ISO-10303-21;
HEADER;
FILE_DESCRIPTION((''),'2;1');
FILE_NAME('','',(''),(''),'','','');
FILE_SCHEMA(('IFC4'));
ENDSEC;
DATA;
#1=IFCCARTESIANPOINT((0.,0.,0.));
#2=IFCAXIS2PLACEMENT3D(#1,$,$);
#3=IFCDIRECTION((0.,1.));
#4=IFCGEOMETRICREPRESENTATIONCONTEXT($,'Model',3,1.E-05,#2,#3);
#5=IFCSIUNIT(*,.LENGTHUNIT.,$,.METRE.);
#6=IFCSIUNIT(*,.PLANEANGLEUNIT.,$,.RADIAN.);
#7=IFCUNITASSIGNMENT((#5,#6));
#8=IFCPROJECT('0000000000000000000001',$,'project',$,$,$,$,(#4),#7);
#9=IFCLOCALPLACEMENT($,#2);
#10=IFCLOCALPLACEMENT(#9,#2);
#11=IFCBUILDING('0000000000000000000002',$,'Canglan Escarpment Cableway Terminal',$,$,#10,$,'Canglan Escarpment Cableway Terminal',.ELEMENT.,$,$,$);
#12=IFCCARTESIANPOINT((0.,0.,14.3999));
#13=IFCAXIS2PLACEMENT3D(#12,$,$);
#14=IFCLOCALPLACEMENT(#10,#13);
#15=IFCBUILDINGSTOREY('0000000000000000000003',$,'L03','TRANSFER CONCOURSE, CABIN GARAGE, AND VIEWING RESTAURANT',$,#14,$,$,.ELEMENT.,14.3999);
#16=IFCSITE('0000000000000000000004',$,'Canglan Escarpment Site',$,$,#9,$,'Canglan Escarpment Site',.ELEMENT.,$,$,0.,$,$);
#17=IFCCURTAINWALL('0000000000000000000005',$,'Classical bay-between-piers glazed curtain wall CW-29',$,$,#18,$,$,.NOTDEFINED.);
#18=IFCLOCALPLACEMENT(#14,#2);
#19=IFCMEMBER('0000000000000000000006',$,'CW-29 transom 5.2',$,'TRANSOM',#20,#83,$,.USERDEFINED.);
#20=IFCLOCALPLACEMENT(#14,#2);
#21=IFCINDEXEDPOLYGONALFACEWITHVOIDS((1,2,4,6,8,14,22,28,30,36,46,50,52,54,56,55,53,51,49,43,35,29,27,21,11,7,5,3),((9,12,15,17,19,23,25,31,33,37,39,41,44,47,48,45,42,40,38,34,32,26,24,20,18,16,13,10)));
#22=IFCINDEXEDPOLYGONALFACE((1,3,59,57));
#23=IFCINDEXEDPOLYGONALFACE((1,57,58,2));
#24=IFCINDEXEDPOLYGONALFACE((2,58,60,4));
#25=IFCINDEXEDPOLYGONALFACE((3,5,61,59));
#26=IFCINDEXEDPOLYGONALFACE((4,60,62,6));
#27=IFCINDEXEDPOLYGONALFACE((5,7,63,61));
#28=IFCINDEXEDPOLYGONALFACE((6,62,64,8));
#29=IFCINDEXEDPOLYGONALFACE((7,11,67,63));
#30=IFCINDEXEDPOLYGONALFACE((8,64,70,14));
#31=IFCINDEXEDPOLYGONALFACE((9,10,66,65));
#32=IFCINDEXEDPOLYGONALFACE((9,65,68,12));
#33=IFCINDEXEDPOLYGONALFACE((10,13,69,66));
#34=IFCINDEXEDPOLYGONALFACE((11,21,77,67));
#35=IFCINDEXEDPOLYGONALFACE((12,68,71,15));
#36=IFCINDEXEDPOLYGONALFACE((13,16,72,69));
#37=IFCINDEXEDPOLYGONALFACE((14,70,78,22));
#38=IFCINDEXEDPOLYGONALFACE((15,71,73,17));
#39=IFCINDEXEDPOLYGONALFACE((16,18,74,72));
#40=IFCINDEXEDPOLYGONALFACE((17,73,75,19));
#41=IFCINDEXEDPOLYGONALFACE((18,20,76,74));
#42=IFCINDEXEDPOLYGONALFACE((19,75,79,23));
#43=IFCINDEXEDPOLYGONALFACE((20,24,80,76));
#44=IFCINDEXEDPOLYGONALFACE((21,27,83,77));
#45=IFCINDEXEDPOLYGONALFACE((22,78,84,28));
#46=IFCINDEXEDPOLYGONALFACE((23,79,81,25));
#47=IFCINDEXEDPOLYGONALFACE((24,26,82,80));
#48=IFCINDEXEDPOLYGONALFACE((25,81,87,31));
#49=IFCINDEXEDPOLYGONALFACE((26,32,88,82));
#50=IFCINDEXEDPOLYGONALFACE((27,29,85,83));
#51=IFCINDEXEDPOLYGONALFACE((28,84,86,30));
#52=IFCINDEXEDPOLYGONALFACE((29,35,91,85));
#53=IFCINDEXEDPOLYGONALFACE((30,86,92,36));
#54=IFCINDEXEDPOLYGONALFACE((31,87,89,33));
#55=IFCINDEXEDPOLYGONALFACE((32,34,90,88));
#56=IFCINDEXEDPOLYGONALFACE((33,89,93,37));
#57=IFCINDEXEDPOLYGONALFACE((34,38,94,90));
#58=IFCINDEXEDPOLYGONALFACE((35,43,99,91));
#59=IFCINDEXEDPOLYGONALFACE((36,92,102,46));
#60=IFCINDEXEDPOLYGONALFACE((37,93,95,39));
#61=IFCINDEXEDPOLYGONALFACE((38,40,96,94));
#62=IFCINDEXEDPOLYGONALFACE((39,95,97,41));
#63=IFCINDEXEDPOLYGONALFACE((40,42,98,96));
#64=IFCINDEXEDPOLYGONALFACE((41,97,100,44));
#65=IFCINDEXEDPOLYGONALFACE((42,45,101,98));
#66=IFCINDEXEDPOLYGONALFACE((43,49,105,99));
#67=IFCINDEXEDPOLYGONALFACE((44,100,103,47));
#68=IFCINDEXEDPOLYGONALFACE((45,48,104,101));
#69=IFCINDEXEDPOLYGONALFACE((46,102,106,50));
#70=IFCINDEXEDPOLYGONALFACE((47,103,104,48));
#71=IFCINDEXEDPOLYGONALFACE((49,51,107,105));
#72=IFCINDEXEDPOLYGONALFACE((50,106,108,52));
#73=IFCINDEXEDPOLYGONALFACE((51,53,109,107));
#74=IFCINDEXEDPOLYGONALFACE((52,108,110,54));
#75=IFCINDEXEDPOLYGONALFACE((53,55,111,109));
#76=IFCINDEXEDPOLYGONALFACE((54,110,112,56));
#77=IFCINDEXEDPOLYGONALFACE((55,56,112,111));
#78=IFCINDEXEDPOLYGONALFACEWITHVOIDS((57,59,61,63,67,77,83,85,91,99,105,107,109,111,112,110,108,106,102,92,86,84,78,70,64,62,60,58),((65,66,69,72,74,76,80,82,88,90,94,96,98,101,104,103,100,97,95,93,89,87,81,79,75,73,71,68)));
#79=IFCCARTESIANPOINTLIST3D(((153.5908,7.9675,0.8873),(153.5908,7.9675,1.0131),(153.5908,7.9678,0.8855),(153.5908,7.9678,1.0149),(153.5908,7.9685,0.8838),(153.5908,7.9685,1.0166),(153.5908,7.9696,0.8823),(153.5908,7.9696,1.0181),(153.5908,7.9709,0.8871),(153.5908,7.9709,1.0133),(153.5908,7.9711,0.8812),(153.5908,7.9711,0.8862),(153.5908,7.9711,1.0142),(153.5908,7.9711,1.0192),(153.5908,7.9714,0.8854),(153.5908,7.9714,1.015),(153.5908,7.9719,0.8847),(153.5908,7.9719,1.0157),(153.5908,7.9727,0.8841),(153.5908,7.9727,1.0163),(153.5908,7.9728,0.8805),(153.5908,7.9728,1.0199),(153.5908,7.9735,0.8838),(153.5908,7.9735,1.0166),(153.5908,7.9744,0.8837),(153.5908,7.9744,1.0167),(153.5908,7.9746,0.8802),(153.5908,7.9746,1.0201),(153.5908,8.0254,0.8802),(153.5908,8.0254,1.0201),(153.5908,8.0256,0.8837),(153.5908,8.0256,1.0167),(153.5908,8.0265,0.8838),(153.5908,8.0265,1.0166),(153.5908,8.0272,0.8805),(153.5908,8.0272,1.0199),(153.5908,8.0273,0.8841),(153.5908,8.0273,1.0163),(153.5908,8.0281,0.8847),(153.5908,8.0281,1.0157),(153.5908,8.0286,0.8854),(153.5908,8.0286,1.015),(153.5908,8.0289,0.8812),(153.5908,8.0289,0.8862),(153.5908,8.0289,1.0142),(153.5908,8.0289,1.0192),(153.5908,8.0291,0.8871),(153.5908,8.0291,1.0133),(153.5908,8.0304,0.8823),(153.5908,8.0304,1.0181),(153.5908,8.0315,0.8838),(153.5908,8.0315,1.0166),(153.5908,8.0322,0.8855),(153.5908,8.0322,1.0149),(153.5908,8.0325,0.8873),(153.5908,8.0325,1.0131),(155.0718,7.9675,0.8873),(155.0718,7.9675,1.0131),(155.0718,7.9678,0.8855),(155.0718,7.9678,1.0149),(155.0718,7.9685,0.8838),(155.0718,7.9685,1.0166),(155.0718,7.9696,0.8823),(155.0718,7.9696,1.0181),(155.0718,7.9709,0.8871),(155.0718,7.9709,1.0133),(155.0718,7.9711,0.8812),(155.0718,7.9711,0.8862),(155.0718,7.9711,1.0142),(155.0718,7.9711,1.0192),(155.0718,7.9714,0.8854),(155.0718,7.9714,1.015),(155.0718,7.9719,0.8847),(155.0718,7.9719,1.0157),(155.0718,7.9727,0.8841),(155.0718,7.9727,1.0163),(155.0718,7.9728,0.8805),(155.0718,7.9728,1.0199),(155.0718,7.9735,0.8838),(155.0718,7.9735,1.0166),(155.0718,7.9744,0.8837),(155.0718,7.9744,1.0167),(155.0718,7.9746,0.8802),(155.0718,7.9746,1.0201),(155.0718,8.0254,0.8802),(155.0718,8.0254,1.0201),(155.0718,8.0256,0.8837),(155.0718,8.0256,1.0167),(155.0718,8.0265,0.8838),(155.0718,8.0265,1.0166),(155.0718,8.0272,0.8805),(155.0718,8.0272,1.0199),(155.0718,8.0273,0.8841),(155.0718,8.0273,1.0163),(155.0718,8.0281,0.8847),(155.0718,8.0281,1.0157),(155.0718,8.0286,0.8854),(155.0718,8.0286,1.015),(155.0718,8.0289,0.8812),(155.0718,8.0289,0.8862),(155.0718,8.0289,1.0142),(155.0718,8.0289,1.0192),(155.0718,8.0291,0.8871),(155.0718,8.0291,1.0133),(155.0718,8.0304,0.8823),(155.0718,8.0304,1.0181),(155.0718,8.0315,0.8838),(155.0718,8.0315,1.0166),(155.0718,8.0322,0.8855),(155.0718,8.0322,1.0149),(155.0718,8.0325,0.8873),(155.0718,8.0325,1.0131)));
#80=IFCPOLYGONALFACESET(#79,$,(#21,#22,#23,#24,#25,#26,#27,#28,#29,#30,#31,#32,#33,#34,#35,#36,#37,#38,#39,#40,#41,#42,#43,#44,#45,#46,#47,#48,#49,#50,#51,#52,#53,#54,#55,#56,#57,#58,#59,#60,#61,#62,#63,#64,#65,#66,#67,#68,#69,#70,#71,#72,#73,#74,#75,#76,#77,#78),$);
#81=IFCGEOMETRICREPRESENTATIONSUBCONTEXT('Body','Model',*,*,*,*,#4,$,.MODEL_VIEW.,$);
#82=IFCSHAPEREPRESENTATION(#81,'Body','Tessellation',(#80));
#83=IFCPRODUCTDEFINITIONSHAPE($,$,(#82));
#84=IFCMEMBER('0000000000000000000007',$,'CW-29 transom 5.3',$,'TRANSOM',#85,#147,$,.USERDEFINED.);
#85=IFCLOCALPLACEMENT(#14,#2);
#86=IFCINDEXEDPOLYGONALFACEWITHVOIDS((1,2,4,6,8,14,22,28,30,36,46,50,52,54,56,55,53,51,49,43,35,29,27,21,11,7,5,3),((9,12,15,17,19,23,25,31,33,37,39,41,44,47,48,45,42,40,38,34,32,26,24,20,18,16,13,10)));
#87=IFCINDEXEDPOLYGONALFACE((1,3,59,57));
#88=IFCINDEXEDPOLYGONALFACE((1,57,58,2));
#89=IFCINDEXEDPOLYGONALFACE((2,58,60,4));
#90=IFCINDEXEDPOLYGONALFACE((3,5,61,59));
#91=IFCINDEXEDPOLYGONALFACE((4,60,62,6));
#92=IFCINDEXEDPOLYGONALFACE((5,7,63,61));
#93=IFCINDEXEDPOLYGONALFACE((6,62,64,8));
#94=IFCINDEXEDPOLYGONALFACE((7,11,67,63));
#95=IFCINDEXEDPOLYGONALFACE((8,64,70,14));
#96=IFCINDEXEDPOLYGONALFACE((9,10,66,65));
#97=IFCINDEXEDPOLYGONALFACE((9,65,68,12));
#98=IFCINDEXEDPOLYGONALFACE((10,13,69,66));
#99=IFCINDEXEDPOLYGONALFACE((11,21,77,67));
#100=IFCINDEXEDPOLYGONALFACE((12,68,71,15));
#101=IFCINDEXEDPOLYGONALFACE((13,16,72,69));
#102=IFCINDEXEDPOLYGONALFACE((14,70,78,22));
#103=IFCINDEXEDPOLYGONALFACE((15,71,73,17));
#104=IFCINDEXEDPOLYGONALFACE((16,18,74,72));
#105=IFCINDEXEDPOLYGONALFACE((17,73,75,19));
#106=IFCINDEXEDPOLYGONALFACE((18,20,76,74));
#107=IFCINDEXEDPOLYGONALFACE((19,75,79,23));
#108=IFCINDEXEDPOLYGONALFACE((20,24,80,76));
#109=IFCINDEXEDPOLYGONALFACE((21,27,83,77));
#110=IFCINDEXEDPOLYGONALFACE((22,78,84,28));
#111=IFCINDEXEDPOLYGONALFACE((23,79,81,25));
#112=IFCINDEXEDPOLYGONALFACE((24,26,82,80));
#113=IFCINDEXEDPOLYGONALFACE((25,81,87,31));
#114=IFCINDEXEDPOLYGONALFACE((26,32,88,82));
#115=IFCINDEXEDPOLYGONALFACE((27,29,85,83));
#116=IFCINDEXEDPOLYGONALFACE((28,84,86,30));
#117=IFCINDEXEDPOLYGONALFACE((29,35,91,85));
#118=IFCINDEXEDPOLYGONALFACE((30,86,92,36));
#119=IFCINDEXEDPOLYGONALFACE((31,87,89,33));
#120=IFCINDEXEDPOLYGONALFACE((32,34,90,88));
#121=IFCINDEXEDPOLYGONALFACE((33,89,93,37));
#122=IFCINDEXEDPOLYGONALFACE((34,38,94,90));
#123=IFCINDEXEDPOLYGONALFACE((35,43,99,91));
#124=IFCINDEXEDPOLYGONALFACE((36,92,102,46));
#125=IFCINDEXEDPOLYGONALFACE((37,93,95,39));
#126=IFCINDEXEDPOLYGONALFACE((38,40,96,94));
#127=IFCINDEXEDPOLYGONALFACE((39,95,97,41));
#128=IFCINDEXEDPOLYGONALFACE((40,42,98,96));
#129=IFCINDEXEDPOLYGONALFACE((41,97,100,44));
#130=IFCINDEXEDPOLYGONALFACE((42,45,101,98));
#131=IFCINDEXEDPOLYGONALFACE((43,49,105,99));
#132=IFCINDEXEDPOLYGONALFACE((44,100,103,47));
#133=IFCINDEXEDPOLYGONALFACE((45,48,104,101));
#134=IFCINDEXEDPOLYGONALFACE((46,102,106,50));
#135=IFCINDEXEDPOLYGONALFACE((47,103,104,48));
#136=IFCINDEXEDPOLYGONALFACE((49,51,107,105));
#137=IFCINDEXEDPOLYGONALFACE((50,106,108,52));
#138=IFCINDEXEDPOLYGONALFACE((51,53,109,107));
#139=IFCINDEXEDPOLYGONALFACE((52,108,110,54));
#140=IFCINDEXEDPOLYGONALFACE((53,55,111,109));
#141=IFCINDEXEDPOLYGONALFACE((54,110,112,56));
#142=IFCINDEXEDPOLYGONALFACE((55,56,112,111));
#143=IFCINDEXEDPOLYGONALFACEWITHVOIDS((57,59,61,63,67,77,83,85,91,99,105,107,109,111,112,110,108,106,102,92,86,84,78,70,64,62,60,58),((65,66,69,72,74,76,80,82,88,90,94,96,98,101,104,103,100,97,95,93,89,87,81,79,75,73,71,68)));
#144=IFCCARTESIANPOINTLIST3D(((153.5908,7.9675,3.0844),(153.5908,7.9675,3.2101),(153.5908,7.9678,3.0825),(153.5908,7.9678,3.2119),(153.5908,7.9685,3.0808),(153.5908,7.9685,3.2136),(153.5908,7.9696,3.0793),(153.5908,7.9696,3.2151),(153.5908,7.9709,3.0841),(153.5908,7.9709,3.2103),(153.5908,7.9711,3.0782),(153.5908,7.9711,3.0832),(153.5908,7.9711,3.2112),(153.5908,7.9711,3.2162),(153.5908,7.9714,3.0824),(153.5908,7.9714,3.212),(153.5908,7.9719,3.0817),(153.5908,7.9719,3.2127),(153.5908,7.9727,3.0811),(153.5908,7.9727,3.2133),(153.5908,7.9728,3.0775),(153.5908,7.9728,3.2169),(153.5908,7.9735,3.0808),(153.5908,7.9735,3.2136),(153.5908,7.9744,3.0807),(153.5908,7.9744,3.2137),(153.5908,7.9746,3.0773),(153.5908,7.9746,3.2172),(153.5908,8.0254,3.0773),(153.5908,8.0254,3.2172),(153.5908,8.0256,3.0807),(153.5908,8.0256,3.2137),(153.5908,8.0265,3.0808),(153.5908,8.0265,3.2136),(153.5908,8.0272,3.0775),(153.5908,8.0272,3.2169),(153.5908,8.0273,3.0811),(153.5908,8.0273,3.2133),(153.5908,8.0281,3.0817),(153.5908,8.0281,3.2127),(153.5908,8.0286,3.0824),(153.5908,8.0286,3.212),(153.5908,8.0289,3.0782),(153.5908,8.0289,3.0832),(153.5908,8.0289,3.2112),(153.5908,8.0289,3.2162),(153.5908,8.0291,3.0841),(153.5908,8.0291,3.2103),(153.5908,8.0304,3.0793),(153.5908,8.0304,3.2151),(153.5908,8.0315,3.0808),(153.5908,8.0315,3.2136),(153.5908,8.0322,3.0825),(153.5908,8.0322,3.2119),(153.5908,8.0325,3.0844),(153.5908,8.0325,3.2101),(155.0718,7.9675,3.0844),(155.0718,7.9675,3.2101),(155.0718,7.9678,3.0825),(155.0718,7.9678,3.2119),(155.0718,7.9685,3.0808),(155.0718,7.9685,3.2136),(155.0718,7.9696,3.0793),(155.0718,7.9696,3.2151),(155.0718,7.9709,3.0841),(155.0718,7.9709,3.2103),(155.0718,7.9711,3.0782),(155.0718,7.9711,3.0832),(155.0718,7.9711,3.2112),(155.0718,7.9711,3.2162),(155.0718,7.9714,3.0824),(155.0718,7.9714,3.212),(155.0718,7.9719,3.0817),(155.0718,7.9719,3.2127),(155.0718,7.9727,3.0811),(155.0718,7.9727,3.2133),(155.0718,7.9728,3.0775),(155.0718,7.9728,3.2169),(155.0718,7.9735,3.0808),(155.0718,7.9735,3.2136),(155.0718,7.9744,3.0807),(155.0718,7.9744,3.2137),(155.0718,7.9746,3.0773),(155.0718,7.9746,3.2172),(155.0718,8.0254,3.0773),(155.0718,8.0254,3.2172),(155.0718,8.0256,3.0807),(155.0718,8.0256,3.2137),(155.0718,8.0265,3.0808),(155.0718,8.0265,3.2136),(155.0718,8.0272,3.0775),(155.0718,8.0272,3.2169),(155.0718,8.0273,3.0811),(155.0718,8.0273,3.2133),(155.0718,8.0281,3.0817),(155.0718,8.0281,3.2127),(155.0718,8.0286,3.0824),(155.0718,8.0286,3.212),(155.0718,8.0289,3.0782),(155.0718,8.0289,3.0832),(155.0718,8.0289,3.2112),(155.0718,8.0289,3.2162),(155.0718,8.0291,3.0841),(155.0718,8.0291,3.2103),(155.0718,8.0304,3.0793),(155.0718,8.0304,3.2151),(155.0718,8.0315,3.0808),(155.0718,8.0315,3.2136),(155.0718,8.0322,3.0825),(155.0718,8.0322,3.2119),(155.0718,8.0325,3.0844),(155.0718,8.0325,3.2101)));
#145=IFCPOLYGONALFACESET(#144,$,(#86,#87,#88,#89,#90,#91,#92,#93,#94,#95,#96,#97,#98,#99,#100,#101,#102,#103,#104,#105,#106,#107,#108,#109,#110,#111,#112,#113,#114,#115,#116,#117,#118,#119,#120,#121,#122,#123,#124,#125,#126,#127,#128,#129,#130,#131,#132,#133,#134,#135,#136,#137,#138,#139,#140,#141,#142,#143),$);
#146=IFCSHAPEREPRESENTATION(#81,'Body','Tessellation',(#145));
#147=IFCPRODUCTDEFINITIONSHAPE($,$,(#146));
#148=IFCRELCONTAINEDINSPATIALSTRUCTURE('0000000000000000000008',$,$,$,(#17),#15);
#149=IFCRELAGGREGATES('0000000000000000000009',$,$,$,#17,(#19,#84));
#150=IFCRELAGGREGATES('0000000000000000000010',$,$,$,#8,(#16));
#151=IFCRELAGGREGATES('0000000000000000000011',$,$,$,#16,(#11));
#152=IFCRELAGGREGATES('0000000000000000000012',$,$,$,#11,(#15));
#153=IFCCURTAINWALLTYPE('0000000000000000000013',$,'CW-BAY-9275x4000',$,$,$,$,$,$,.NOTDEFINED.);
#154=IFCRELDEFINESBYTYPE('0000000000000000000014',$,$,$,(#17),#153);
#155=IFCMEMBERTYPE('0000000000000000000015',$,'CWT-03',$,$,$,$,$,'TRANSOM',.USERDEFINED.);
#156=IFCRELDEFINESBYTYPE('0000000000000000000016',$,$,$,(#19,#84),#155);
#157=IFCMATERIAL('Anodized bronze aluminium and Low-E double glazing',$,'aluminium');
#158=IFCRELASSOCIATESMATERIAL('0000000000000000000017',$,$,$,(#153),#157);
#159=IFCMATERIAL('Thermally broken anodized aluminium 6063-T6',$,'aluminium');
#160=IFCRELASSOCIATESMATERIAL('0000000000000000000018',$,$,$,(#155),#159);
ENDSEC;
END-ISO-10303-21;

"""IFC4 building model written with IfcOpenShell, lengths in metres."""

from ifc_helpers import new_model, si_unit, direction, frame, origin, origin_2d, place, context, subcontext, project, spatial, hollow_rectangle, extrude, material, material_profile, profile_set, type_object, element, aggregate, save


model = new_model("IFC4")

# Units and contexts
model_context = context("Model", 3, precision=1e-05, world=origin(), true_north=direction((0.0, 1.0)))
body_context = subcontext(model_context, "Body", "Model", "MODEL_VIEW")
ifc_project = project(units=[si_unit("LENGTHUNIT", "METRE"), si_unit("PLANEANGLEUNIT", "RADIAN")], contexts=[model_context])

# Site, building, storey
site_placement = place(None, origin())
site = spatial("IfcSite", under=ifc_project, at=site_placement, Name="Canglan Escarpment Site", LongName="Canglan Escarpment Site", CompositionType="ELEMENT", RefElevation=0.0)
building_placement = place(site_placement, origin())
building = spatial("IfcBuilding", under=site, at=building_placement, Name="Canglan Escarpment Cableway Terminal", LongName="Canglan Escarpment Cableway Terminal", CompositionType="ELEMENT")
storey_placement = place(building_placement, frame((0.0, 0.0, 14.3999)))
storey = spatial("IfcBuildingStorey", under=building, at=storey_placement, Name="L03", Description="TRANSFER CONCOURSE, CABIN GARAGE, AND VIEWING RESTAURANT", CompositionType="ELEMENT", Elevation=14.3999)

# Curtain wall, members
ifc_material_1 = material(Name="Anodized bronze aluminium and Low-E double glazing", Category="aluminium")
curtain_wall_type = type_object("IfcCurtainWallType", Name="CW-BAY-9275x4000", PredefinedType="NOTDEFINED", material=ifc_material_1)
curtain_wall_placement = place(storey_placement, origin())
curtain_wall = element("IfcCurtainWall", 1, at=curtain_wall_placement, inside=storey, type_object=curtain_wall_type, Name="Classical bay-between-piers glazed curtain wall CW-29", PredefinedType="NOTDEFINED")
ifc_material_2 = material(Name="Thermally broken anodized aluminium 6063-T6", Category="aluminium")
ifc_material_profile_1 = material_profile(ifc_material_2, hollow_rectangle(XDim=0.0649, YDim=0.1399, WallThickness=0.0034, InnerFilletRadius=0.0034, OuterFilletRadius=0.0071, at=origin_2d()), Name="ALU-TRAN 65x140x3.5")
ifc_profile_set_1 = profile_set([ifc_material_profile_1], Name="Thermally broken anodized aluminium 6063-T6")
member_type_1 = type_object("IfcMemberType", Name="CWT-03", ElementType="TRANSOM", PredefinedType="USERDEFINED", material=ifc_profile_set_1)
member_1_placement = place(storey_placement, frame((153.5908, 8.0, 0.9502), z_axis=(1.0, 0.0, 0.0), x_axis=(0.0, 1.0, 0.0)))
member_1 = element("IfcMember", 2, at=member_1_placement, type_object=member_type_1, Name="CW-29 transom 5.2", ObjectType="TRANSOM", PredefinedType="USERDEFINED", context=body_context, shape_type="SweptSolid", body=[
    extrude(hollow_rectangle(XDim=0.0649, YDim=0.1399, WallThickness=0.0034, InnerFilletRadius=0.0034, OuterFilletRadius=0.0071, at=origin_2d()), origin(), (0.0, 0.0, 1.0), 1.481),
])
member_2_placement = place(storey_placement, frame((153.5908, 8.0, 3.1472), z_axis=(1.0, 0.0, 0.0), x_axis=(0.0, 1.0, 0.0)))
member_2 = element("IfcMember", 3, at=member_2_placement, type_object=member_type_1, Name="CW-29 transom 5.3", ObjectType="TRANSOM", PredefinedType="USERDEFINED", context=body_context, shape_type="SweptSolid", body=[
    extrude(hollow_rectangle(XDim=0.0649, YDim=0.1399, WallThickness=0.0034, InnerFilletRadius=0.0034, OuterFilletRadius=0.0071, at=origin_2d()), origin(), (0.0, 0.0, 1.0), 1.481),
])
aggregate(curtain_wall, [member_1, member_2])

save(model, "model.ifc")
